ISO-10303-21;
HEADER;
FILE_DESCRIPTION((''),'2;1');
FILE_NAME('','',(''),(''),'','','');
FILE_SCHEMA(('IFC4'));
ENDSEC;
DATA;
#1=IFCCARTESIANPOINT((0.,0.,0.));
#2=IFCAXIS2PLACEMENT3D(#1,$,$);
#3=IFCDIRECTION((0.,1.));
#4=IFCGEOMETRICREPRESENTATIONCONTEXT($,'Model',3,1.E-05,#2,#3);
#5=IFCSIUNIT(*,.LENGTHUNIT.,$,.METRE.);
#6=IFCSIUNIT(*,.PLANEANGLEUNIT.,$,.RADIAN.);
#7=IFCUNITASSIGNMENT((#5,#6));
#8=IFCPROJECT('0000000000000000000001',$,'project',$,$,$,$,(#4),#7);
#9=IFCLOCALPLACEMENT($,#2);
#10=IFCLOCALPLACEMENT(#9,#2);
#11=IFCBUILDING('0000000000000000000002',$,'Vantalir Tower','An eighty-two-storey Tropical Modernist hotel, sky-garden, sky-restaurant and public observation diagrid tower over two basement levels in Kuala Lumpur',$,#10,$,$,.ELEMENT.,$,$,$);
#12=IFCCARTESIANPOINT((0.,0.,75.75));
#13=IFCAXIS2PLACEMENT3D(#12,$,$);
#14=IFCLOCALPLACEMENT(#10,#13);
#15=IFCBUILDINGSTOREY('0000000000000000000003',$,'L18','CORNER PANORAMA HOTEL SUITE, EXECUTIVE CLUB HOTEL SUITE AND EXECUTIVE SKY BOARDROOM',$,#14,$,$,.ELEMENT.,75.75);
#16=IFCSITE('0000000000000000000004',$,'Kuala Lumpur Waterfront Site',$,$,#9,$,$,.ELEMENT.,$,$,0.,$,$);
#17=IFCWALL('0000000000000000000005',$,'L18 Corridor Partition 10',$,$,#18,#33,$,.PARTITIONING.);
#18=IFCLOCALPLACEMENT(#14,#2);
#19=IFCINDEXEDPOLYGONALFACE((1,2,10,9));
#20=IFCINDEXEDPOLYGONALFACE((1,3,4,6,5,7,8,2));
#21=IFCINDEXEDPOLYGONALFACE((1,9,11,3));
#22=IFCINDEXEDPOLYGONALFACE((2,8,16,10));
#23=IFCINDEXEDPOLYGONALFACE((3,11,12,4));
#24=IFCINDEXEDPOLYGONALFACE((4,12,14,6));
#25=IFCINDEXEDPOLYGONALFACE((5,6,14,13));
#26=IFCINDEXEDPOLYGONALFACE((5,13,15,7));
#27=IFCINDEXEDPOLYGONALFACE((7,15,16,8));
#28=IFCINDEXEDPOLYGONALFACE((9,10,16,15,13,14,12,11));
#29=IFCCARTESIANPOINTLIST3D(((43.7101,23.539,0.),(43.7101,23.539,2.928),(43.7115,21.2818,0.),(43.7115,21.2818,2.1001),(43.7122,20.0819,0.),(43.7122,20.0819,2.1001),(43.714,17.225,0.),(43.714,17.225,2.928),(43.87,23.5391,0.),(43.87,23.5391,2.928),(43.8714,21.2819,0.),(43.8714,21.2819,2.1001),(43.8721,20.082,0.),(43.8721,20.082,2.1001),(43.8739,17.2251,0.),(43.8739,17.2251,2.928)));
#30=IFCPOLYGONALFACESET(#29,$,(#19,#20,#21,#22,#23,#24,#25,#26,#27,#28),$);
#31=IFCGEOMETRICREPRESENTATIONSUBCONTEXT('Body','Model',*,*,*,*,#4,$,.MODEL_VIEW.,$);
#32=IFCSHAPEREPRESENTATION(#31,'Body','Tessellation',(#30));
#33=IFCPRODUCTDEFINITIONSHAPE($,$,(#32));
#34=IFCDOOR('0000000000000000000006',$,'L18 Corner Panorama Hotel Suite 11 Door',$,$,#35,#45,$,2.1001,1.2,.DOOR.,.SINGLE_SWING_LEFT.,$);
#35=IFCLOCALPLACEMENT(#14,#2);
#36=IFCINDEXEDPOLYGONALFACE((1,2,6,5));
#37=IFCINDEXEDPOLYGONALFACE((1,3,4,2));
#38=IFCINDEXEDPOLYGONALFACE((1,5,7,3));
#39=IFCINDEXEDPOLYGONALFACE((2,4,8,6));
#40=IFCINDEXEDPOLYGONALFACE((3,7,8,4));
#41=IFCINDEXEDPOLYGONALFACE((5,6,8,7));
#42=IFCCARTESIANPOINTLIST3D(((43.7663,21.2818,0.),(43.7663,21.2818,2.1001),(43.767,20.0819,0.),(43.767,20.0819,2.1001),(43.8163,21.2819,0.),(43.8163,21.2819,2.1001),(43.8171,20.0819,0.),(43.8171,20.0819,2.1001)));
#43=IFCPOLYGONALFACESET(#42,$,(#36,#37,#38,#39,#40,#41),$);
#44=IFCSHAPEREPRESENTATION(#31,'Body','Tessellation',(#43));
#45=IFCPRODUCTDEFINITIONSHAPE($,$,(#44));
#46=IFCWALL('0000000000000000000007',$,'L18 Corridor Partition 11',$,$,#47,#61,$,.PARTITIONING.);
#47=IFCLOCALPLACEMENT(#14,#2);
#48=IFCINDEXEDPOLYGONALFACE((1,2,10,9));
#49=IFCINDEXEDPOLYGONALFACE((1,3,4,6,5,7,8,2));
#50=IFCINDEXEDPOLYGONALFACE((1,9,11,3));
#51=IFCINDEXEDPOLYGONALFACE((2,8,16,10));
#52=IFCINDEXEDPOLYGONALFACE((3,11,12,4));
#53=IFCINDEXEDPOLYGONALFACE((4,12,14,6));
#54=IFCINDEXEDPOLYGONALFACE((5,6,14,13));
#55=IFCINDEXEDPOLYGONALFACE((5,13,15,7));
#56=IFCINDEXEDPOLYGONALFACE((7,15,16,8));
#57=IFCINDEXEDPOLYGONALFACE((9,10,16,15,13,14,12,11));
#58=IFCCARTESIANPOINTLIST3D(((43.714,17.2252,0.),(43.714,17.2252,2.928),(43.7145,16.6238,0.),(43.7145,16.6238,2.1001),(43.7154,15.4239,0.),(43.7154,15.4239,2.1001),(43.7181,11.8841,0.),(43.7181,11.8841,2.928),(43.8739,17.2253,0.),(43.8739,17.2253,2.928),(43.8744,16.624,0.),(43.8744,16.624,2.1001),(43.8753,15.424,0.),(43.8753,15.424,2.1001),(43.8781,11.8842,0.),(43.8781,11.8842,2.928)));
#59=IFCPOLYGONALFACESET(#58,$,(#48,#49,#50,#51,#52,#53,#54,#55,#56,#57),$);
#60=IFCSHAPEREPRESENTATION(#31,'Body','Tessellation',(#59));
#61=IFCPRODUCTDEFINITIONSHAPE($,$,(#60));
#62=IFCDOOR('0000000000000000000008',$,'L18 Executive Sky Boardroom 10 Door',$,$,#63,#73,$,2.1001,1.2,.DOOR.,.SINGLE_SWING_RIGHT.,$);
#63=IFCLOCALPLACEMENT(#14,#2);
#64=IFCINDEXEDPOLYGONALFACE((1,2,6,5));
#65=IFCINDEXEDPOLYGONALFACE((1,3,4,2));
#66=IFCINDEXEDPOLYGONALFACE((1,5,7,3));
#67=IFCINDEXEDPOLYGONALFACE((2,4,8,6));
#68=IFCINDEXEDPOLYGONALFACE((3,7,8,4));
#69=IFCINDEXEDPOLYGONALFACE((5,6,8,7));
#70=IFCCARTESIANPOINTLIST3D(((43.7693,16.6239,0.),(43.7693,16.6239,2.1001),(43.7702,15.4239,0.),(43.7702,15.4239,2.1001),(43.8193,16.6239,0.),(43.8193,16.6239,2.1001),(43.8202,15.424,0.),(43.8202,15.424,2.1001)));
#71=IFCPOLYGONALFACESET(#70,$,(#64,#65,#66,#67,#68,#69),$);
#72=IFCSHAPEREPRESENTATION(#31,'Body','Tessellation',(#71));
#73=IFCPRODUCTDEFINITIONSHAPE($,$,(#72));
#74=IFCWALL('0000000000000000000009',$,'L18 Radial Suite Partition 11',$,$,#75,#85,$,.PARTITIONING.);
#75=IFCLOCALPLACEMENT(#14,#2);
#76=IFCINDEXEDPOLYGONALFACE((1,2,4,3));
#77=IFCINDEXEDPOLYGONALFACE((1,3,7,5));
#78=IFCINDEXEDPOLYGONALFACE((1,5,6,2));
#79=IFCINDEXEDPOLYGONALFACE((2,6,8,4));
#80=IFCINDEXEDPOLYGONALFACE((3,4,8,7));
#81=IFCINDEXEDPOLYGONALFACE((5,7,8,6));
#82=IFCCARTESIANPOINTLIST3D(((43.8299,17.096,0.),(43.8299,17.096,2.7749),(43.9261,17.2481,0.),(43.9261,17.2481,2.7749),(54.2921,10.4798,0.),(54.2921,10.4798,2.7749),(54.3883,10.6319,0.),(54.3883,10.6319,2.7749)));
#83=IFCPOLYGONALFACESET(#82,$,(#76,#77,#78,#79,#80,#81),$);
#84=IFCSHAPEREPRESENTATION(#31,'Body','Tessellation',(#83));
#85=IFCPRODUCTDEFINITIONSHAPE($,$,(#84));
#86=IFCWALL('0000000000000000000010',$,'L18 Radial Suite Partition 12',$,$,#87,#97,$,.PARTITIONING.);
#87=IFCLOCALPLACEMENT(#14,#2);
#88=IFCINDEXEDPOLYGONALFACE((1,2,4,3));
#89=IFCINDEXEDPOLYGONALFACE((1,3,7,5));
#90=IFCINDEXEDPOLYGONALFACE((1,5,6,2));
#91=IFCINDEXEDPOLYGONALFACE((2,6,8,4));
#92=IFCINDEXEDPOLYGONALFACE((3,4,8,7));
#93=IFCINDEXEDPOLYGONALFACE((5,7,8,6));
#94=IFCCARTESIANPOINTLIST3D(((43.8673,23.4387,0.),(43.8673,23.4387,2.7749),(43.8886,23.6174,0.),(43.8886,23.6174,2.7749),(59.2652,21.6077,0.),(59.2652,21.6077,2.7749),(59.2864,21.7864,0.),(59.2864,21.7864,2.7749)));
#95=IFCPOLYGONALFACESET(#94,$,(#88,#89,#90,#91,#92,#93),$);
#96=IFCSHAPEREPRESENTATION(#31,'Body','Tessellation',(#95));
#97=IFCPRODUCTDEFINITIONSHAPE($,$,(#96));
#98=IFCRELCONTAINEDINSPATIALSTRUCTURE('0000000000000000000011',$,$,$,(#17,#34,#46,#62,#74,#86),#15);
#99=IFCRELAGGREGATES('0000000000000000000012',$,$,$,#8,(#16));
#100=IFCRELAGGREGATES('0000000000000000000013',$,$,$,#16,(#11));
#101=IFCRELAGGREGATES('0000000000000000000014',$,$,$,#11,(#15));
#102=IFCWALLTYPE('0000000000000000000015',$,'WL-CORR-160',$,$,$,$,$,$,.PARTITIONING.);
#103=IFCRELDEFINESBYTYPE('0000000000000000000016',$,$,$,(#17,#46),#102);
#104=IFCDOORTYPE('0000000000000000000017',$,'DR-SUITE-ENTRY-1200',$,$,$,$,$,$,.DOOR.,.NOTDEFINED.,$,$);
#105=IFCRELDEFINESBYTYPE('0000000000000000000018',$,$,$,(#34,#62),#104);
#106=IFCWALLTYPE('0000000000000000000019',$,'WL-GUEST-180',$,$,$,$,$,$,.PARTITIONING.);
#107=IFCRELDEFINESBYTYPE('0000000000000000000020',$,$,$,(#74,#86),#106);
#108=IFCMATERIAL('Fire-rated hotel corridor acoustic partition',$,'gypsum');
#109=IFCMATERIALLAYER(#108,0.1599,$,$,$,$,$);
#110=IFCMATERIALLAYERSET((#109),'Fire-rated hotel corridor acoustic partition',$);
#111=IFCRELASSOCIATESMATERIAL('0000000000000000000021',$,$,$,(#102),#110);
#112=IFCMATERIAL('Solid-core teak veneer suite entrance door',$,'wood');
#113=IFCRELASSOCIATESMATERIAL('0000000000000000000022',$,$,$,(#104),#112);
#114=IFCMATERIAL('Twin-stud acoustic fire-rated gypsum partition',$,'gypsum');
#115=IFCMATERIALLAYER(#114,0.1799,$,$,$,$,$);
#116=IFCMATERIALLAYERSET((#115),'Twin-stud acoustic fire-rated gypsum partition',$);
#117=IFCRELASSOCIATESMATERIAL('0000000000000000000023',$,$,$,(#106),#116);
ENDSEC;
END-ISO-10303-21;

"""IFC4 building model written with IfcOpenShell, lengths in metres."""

from ifc_helpers import new_model, si_unit, direction, frame, frame_2d, origin, place, context, subcontext, project, spatial, rectangle, extrude, material, layer, layer_set, type_object, element, fill, save


model = new_model("IFC4")

# Units and contexts
model_context = context("Model", 3, precision=1e-05, world=origin(), true_north=direction((0.0, 1.0)))
body_context = subcontext(model_context, "Body", "Model", "MODEL_VIEW")
ifc_project = project(units=[si_unit("LENGTHUNIT", "METRE"), si_unit("PLANEANGLEUNIT", "RADIAN")], contexts=[model_context])

# Site, building, storey
site_placement = place(None, origin())
site = spatial("IfcSite", under=ifc_project, at=site_placement, Name="Kuala Lumpur Waterfront Site", CompositionType="ELEMENT", RefElevation=0.0)
building_placement = place(site_placement, origin())
building = spatial("IfcBuilding", under=site, at=building_placement, Name="Vantalir Tower", Description="An eighty-two-storey Tropical Modernist hotel, sky-garden, sky-restaurant and public observation diagrid tower over two basement levels in Kuala Lumpur", CompositionType="ELEMENT")
storey_placement = place(building_placement, frame((0.0, 0.0, 75.75)))
storey = spatial("IfcBuildingStorey", under=building, at=storey_placement, Name="L18", Description="CORNER PANORAMA HOTEL SUITE, EXECUTIVE CLUB HOTEL SUITE AND EXECUTIVE SKY BOARDROOM", CompositionType="ELEMENT", Elevation=75.75)

# Walls, openings, doors
ifc_material_1 = material(Name="Fire-rated hotel corridor acoustic partition", Category="gypsum")
ifc_layer_1 = layer(ifc_material_1, 0.1599)
ifc_layer_set_1 = layer_set([ifc_layer_1], Name="Fire-rated hotel corridor acoustic partition")
wall_type_1 = type_object("IfcWallType", Name="WL-CORR-160", PredefinedType="PARTITIONING", material=ifc_layer_set_1)
wall_1_placement = place(storey_placement, frame((43.79, 23.5391, 0.0), z_axis=(0.0, 0.0, 1.0), x_axis=(0.000619, -1.0, 0.0)))
wall_1 = element("IfcWall", 1, at=wall_1_placement, inside=storey, type_object=wall_type_1, Name="L18 Corridor Partition 10", PredefinedType="PARTITIONING", context=body_context, shape_type="SweptSolid", body=[
    extrude(rectangle(XDim=6.314, YDim=0.1599, at=frame_2d((3.157, 0.0))), origin(), (0.0, 0.0, 1.0), 2.928),
])
opening_1_placement = place(wall_1_placement, frame((2.2571, 0.0, 0.0)))
opening_1 = element("IfcOpeningElement", 2, at=opening_1_placement, cuts=wall_1, PredefinedType="OPENING", context=body_context, shape_type="SweptSolid", body=[
    extrude(rectangle(XDim=1.2, YDim=2.1001, at=frame_2d((0.6001, 1.05))), frame((0.0, 0.0898, 0.0), z_axis=(0.0, -1.0, 0.0), x_axis=(1.0, 0.0, 0.0)), (0.0, 0.0, 1.0), 0.1799),
])
ifc_material_2 = material(Name="Solid-core teak veneer suite entrance door", Category="wood")
door_type_1 = type_object("IfcDoorType", Name="DR-SUITE-ENTRY-1200", OperationType="NOTDEFINED", PredefinedType="DOOR", material=ifc_material_2)
door_1_placement = place(opening_1_placement, origin())
door_1 = element("IfcDoor", 3, at=door_1_placement, inside=storey, type_object=door_type_1, Name="L18 Corner Panorama Hotel Suite 11 Door", OperationType="SINGLE_SWING_LEFT", OverallHeight=2.1001, OverallWidth=1.2, PredefinedType="DOOR", context=body_context, shape_type="SweptSolid", body=[
    extrude(rectangle(XDim=1.2, YDim=2.1001, at=frame_2d((0.6001, 1.05))), frame((0.0, 0.0249, 0.0), z_axis=(0.0, -1.0, 0.0), x_axis=(1.0, 0.0, 0.0)), (0.0, 0.0, 1.0), 0.05),
])
fill(opening_1, door_1)
wall_2_placement = place(storey_placement, frame((43.7939, 17.2251, 0.0), z_axis=(0.0, 0.0, 1.0), x_axis=(0.000777, -1.0, 0.0)))
wall_2 = element("IfcWall", 4, at=wall_2_placement, inside=storey, type_object=wall_type_1, Name="L18 Corridor Partition 11", PredefinedType="PARTITIONING", context=body_context, shape_type="SweptSolid", body=[
    extrude(rectangle(XDim=5.3411, YDim=0.1599, at=frame_2d((2.6704, 0.0))), origin(), (0.0, 0.0, 1.0), 2.928),
])
opening_2_placement = place(wall_2_placement, frame((0.6011, 0.0, 0.0)))
opening_2 = element("IfcOpeningElement", 5, at=opening_2_placement, cuts=wall_2, PredefinedType="OPENING", context=body_context, shape_type="SweptSolid", body=[
    extrude(rectangle(XDim=1.2, YDim=2.1001, at=frame_2d((0.6001, 1.05))), frame((0.0, 0.0898, 0.0), z_axis=(0.0, -1.0, 0.0), x_axis=(1.0, 0.0, 0.0)), (0.0, 0.0, 1.0), 0.1799),
])
door_2_placement = place(opening_2_placement, origin())
door_2 = element("IfcDoor", 6, at=door_2_placement, inside=storey, type_object=door_type_1, Name="L18 Executive Sky Boardroom 10 Door", OperationType="SINGLE_SWING_RIGHT", OverallHeight=2.1001, OverallWidth=1.2, PredefinedType="DOOR", context=body_context, shape_type="SweptSolid", body=[
    extrude(rectangle(XDim=1.2, YDim=2.1001, at=frame_2d((0.6001, 1.05))), frame((0.0, 0.0249, 0.0), z_axis=(0.0, -1.0, 0.0), x_axis=(1.0, 0.0, 0.0)), (0.0, 0.0, 1.0), 0.05),
])
fill(opening_2, door_2)

# Walls
ifc_material_3 = material(Name="Twin-stud acoustic fire-rated gypsum partition", Category="gypsum")
ifc_layer_2 = layer(ifc_material_3, 0.1799)
ifc_layer_set_2 = layer_set([ifc_layer_2], Name="Twin-stud acoustic fire-rated gypsum partition")
wall_type_2 = type_object("IfcWallType", Name="WL-GUEST-180", PredefinedType="PARTITIONING", material=ifc_layer_set_2)
wall_3_placement = place(storey_placement, frame((43.8779, 17.1721, 0.0), z_axis=(0.0, 0.0, 1.0), x_axis=(0.845178, -0.534486, 0.0)))
element("IfcWall", 7, at=wall_3_placement, inside=storey, type_object=wall_type_2, Name="L18 Radial Suite Partition 11", PredefinedType="PARTITIONING", context=body_context, shape_type="SweptSolid", body=[
    extrude(rectangle(XDim=12.3787, YDim=0.1799, at=frame_2d((6.1895, 0.0))), origin(), (0.0, 0.0, 1.0), 2.7749),
])
wall_4_placement = place(storey_placement, frame((43.8779, 23.5281, 0.0), z_axis=(0.0, 0.0, 1.0), x_axis=(0.993004, -0.118084, 0.0)))
element("IfcWall", 8, at=wall_4_placement, inside=storey, type_object=wall_type_2, Name="L18 Radial Suite Partition 12", PredefinedType="PARTITIONING", context=body_context, shape_type="SweptSolid", body=[
    extrude(rectangle(XDim=15.5063, YDim=0.1799, at=frame_2d((7.7532, 0.0))), origin(), (0.0, 0.0, 1.0), 2.7749),
])

save(model, "model.ifc")
